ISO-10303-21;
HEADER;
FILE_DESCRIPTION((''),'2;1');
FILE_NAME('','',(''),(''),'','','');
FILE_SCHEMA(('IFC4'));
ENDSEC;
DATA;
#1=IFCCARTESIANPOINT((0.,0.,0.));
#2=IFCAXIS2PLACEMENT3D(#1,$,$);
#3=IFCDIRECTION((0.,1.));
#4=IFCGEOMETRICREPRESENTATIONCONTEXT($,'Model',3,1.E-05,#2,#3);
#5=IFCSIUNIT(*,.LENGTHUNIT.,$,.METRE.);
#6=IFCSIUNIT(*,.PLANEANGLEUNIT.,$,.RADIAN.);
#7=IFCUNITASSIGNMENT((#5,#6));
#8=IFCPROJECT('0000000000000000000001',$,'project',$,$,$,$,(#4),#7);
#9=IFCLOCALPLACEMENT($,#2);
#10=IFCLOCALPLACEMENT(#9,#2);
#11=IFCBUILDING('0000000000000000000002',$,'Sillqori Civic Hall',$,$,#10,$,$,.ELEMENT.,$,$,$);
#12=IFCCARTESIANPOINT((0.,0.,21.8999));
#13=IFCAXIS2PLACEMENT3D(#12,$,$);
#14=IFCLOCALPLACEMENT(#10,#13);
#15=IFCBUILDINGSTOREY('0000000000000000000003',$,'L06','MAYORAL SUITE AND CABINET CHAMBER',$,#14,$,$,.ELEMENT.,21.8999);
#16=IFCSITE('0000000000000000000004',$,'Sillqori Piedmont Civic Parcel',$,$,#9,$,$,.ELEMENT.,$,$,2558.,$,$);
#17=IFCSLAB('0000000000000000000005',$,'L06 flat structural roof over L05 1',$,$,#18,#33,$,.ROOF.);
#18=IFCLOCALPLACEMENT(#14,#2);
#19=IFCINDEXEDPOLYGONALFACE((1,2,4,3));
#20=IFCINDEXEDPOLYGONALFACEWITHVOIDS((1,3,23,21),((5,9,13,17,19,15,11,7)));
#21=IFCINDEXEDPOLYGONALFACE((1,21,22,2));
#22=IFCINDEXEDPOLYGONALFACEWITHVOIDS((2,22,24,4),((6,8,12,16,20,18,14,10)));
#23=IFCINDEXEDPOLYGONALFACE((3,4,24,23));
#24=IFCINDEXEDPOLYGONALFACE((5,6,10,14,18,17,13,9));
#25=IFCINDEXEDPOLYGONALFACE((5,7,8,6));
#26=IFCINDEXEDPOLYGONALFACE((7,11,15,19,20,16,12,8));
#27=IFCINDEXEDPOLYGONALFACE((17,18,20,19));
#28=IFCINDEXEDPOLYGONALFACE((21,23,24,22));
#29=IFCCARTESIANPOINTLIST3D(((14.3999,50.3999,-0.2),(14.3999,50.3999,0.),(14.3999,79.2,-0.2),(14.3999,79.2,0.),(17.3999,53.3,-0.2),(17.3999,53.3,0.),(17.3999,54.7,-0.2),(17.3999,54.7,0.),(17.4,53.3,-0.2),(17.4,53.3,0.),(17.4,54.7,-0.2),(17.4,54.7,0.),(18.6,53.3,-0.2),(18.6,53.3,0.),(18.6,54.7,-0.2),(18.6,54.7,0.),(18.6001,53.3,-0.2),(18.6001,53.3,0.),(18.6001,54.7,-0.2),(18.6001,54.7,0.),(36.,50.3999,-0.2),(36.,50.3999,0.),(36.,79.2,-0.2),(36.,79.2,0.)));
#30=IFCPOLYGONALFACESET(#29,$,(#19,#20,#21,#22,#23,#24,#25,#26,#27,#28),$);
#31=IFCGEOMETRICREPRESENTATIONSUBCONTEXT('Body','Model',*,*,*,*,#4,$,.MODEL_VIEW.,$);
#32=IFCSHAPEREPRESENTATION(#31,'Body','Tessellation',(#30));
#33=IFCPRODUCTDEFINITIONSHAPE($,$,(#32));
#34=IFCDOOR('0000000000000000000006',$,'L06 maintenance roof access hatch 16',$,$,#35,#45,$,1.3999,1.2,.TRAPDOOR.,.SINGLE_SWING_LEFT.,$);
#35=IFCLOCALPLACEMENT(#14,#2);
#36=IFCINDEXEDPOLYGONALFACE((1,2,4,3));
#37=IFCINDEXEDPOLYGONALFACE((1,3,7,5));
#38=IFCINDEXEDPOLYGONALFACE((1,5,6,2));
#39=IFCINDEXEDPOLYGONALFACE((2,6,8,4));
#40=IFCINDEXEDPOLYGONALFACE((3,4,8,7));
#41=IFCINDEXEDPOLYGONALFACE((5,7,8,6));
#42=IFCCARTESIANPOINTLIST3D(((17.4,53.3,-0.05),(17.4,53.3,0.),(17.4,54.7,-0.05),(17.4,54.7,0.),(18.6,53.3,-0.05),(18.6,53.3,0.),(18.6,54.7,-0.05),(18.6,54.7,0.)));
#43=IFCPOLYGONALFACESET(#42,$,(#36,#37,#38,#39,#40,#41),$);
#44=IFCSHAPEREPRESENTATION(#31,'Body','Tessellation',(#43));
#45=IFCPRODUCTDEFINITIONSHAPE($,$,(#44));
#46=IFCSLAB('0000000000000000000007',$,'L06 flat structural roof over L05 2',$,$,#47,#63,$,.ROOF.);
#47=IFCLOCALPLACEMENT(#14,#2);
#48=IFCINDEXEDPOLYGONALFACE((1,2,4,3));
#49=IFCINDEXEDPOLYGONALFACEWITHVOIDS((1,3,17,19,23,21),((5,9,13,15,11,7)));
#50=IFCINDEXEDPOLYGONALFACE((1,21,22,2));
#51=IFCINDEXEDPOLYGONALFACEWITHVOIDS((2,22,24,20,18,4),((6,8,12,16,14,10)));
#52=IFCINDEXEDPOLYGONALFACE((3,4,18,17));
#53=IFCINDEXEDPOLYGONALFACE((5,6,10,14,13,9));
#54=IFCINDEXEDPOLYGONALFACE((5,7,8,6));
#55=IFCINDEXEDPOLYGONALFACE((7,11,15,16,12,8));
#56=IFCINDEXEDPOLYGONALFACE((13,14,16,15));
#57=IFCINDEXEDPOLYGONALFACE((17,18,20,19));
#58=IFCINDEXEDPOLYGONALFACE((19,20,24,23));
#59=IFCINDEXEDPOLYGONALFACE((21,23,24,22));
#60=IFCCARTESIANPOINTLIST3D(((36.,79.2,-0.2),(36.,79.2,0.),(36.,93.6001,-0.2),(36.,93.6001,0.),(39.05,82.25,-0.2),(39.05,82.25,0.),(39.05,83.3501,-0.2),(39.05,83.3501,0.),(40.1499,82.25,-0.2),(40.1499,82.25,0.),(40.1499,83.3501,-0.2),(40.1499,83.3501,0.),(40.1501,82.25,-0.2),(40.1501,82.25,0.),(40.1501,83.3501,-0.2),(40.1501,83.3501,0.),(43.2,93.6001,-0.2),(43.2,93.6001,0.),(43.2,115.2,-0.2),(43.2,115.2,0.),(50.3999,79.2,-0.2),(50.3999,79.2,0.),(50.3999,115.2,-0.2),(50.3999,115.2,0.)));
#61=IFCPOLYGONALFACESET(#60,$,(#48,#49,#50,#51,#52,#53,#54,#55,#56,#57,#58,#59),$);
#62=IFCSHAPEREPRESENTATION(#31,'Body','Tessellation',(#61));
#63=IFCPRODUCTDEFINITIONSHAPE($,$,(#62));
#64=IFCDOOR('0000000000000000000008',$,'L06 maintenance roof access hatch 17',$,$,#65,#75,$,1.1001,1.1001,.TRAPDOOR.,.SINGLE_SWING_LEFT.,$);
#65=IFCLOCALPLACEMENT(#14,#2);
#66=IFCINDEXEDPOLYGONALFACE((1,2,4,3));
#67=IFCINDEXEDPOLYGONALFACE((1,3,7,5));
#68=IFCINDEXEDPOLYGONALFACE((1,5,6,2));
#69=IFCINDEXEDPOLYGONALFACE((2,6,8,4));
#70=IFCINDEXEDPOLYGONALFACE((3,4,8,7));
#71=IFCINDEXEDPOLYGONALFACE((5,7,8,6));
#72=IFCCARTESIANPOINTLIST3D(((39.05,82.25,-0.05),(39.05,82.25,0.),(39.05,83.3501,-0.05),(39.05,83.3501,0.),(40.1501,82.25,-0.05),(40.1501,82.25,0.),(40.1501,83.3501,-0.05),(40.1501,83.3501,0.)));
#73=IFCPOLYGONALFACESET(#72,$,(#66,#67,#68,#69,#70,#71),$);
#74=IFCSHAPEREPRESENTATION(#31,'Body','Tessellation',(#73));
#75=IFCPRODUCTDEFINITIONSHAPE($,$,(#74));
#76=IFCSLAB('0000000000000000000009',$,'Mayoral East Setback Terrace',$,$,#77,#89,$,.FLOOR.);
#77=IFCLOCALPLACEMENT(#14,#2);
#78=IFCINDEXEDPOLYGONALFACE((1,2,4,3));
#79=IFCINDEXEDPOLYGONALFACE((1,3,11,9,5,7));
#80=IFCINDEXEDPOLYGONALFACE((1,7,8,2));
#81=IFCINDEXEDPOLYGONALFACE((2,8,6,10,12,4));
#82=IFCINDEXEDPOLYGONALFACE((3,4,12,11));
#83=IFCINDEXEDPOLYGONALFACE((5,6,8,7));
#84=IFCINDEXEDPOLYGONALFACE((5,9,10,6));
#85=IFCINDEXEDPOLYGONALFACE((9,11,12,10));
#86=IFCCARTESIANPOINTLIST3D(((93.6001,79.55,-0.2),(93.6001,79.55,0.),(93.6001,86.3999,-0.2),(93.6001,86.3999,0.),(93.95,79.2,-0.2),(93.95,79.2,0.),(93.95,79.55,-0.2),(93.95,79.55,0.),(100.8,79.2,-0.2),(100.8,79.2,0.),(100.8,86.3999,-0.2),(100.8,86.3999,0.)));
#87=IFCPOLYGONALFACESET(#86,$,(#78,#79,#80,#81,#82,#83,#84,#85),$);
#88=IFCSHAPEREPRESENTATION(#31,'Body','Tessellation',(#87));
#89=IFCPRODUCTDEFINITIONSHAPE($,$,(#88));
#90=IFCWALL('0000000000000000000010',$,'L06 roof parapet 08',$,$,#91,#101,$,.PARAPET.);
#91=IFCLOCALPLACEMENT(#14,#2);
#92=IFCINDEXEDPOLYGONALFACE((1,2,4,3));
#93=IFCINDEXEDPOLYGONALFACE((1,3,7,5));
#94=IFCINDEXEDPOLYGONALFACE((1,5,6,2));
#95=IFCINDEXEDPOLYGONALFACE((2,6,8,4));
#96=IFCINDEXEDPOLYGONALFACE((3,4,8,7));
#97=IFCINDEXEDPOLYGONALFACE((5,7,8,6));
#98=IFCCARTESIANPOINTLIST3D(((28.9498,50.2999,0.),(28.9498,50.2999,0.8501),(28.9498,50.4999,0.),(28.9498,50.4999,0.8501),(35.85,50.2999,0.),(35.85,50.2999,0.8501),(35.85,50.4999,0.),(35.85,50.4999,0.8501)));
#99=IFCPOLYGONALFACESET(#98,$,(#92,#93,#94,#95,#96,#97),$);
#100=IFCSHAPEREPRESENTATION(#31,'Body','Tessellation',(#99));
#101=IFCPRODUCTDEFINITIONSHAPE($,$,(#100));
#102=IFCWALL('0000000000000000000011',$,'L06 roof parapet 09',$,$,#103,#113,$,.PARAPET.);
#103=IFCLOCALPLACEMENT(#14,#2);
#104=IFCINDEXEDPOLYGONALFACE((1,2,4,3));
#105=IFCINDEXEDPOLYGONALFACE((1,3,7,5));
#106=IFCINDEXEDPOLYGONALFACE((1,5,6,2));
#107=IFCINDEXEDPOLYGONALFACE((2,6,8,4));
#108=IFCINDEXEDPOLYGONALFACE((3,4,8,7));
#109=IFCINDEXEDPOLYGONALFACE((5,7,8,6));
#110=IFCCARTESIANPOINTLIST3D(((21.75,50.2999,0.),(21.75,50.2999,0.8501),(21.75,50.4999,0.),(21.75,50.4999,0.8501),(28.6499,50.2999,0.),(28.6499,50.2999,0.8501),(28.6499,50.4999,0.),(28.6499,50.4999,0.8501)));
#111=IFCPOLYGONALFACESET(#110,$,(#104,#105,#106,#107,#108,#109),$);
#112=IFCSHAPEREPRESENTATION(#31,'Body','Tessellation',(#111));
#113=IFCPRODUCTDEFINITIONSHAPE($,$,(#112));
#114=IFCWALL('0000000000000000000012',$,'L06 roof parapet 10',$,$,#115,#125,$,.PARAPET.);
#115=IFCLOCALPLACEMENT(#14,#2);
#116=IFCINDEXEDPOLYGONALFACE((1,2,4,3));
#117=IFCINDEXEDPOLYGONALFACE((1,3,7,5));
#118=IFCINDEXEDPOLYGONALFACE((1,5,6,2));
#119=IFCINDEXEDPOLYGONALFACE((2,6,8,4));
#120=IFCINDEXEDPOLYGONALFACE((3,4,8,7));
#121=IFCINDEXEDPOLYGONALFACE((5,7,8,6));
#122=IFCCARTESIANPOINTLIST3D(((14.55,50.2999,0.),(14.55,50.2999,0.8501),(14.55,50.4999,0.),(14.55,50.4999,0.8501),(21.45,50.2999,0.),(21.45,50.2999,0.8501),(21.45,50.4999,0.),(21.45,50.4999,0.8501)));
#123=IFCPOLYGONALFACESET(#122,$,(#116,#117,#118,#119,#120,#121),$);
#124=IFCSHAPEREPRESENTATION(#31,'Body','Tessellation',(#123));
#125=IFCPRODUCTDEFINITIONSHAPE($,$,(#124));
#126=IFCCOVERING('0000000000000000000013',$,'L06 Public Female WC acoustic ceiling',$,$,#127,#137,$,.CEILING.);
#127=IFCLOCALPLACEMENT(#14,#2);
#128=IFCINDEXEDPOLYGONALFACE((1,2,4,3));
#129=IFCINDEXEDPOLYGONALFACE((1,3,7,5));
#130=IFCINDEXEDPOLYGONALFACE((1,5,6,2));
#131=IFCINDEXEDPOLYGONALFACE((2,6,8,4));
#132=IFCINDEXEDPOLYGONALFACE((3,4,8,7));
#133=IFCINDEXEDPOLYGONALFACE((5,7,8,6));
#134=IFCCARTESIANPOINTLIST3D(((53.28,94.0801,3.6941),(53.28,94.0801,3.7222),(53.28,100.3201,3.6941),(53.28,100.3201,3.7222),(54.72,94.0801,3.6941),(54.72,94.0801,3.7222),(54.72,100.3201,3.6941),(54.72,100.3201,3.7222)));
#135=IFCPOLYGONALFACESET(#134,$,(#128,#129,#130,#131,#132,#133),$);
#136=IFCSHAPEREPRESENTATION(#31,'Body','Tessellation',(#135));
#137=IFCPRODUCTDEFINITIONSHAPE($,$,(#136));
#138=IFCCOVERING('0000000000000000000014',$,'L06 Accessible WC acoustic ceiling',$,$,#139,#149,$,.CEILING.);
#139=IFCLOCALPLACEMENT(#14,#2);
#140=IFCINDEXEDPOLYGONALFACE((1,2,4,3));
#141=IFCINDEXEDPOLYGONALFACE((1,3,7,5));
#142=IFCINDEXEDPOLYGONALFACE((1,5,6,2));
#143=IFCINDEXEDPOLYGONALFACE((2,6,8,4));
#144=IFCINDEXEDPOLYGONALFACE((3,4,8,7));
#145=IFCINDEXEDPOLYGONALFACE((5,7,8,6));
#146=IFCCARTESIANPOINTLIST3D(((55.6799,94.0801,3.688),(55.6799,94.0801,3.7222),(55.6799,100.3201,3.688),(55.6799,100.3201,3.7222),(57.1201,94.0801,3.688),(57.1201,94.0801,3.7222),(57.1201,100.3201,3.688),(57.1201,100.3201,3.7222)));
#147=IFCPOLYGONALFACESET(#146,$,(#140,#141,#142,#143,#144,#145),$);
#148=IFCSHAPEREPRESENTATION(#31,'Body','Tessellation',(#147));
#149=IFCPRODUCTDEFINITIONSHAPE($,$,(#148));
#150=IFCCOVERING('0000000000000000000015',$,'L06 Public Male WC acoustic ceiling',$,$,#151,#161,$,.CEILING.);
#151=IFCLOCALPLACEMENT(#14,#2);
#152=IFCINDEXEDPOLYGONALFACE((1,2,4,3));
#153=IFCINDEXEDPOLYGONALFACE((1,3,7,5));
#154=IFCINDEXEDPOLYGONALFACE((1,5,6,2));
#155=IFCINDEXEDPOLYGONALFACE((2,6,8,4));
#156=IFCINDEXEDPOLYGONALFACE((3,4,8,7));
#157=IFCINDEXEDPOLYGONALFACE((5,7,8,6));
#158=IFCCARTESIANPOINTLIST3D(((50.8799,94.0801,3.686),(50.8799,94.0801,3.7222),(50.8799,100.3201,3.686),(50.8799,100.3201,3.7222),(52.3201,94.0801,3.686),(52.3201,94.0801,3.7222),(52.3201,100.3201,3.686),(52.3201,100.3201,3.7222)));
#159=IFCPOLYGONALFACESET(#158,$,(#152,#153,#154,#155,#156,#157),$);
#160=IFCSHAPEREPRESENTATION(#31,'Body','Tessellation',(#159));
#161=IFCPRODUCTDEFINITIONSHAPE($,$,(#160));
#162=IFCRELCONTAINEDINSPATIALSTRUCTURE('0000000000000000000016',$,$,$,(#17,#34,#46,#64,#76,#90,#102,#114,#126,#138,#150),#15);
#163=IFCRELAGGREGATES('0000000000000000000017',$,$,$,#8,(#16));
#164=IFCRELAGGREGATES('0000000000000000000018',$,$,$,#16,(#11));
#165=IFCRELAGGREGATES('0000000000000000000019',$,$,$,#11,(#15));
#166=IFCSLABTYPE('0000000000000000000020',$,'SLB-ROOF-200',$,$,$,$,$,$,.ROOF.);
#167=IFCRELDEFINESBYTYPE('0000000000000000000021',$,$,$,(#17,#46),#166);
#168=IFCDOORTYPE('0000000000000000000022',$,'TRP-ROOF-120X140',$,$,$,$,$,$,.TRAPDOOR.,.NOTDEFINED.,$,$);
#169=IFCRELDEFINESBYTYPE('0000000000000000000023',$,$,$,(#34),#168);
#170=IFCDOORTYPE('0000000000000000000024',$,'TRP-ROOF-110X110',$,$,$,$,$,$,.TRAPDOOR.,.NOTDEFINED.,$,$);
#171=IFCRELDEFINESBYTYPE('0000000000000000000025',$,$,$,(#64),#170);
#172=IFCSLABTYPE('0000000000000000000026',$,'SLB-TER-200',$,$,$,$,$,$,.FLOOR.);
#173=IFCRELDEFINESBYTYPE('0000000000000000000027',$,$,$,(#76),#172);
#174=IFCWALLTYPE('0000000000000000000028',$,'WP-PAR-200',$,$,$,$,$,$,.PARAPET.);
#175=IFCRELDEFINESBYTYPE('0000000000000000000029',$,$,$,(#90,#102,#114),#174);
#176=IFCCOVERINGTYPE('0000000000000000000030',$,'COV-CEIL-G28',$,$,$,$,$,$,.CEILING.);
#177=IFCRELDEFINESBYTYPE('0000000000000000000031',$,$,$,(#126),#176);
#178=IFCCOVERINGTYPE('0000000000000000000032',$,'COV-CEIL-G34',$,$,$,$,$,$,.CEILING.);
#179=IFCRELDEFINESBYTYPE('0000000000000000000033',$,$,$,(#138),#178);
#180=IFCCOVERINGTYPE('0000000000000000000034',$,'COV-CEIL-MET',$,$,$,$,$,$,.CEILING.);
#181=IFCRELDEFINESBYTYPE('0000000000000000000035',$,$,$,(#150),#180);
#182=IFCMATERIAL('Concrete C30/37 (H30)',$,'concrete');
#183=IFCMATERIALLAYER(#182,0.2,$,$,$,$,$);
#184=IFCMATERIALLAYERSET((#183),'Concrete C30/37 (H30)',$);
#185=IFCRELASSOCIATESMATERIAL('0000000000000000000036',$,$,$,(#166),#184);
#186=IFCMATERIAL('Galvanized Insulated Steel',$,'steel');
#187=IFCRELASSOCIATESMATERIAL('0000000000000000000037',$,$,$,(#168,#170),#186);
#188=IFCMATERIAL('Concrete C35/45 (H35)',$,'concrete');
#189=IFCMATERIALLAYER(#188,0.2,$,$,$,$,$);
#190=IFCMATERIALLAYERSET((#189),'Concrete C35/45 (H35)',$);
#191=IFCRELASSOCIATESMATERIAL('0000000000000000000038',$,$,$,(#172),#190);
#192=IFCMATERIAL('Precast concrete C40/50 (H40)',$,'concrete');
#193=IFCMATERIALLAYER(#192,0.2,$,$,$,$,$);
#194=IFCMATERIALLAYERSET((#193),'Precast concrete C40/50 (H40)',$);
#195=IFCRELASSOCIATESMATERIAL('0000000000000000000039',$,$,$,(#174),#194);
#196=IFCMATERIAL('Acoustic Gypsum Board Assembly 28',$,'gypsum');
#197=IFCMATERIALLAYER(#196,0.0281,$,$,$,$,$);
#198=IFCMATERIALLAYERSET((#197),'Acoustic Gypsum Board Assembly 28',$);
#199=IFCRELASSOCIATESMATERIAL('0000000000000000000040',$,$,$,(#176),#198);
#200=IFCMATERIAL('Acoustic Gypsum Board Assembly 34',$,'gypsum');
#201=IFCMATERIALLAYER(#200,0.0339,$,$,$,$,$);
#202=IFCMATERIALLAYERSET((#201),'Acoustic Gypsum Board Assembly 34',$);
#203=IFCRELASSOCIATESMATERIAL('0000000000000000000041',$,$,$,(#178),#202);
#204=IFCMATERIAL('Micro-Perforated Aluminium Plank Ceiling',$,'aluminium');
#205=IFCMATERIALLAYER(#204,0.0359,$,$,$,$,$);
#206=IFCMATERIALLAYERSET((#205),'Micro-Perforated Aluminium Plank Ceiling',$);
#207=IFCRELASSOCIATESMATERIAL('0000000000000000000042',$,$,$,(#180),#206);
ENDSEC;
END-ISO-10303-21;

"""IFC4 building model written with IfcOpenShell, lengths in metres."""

from ifc_helpers import new_model, si_unit, direction, frame, frame_2d, origin, origin_2d, place, context, subcontext, project, spatial, polyline, rectangle, outline, extrude, material, layer, layer_set, type_object, element, fill, save


model = new_model("IFC4")

# Units and contexts
model_context = context("Model", 3, precision=1e-05, world=origin(), true_north=direction((0.0, 1.0)))
body_context = subcontext(model_context, "Body", "Model", "MODEL_VIEW")
ifc_project = project(units=[si_unit("LENGTHUNIT", "METRE"), si_unit("PLANEANGLEUNIT", "RADIAN")], contexts=[model_context])

# Site, building, storey
site_placement = place(None, origin())
site = spatial("IfcSite", under=ifc_project, at=site_placement, Name="Sillqori Piedmont Civic Parcel", CompositionType="ELEMENT", RefElevation=2558.0)
building_placement = place(site_placement, origin())
building = spatial("IfcBuilding", under=site, at=building_placement, Name="Sillqori Civic Hall", CompositionType="ELEMENT")
storey_placement = place(building_placement, frame((0.0, 0.0, 21.8999)))
storey = spatial("IfcBuildingStorey", under=building, at=storey_placement, Name="L06", Description="MAYORAL SUITE AND CABINET CHAMBER", CompositionType="ELEMENT", Elevation=21.8999)

# Shared definitions
ifc_material_1 = material(Name="Concrete C30/37 (H30)", Category="concrete")

# Shared definitions
ifc_material_2 = material(Name="Concrete C35/45 (H35)", Category="concrete")

# Slabs, openings, doors
ifc_layer_1 = layer(ifc_material_1, 0.2)
ifc_layer_set_1 = layer_set([ifc_layer_1], Name="Concrete C30/37 (H30)")
slab_type_1 = type_object("IfcSlabType", Name="SLB-ROOF-200", PredefinedType="ROOF", material=ifc_layer_set_1)
slab_1_placement = place(storey_placement, frame((0.0, 0.0, -0.2)))
slab_1 = element("IfcSlab", 1, at=slab_1_placement, inside=storey, type_object=slab_type_1, Name="L06 flat structural roof over L05 1", PredefinedType="ROOF", context=body_context, shape_type="SweptSolid", body=[
    extrude(outline(polyline([(14.3999, 72.0), (14.3999, 79.2), (21.6001, 79.2), (28.8, 79.2), (36.0, 79.2), (36.0, 72.0), (36.0, 64.8), (36.0, 57.6001), (36.0, 50.3999), (28.8, 50.3999), (21.6001, 50.3999), (14.3999, 50.3999), (14.3999, 57.6001), (14.3999, 64.8), (14.3999, 72.0)]), holes=[polyline([(17.3999, 53.3), (17.3999, 54.7), (18.6001, 54.7), (18.6001, 53.3), (17.3999, 53.3)])]), origin(), (0.0, 0.0, 1.0), 0.2),
])
opening_1_placement = place(slab_1_placement, frame((18.0, 54.0, 0.0)))
opening_1 = element("IfcOpeningElement", 2, at=opening_1_placement, cuts=slab_1, PredefinedType="OPENING", context=body_context, shape_type="SweptSolid", body=[
    extrude(rectangle(XDim=1.2, YDim=1.3999, at=origin_2d()), frame((0.0, 0.0, -0.01)), (0.0, 0.0, 1.0), 0.22),
])
ifc_material_3 = material(Name="Galvanized Insulated Steel", Category="steel")
door_type_1 = type_object("IfcDoorType", Name="TRP-ROOF-120X140", OperationType="NOTDEFINED", PredefinedType="TRAPDOOR", material=ifc_material_3)
door_1_placement = place(opening_1_placement, frame((0.0, 0.0, 0.1499)))
door_1 = element("IfcDoor", 3, at=door_1_placement, inside=storey, type_object=door_type_1, Name="L06 maintenance roof access hatch 16", OperationType="SINGLE_SWING_LEFT", OverallHeight=1.3999, OverallWidth=1.2, PredefinedType="TRAPDOOR", context=body_context, shape_type="SweptSolid", body=[
    extrude(rectangle(XDim=1.2, YDim=1.3999, at=origin_2d()), origin(), (0.0, 0.0, 1.0), 0.05),
])
fill(opening_1, door_1)
slab_2_placement = place(storey_placement, frame((0.0, 0.0, -0.2)))
slab_2 = element("IfcSlab", 4, at=slab_2_placement, inside=storey, type_object=slab_type_1, Name="L06 flat structural roof over L05 2", PredefinedType="ROOF", context=body_context, shape_type="SweptSolid", body=[
    extrude(outline(polyline([(43.2, 79.2), (36.0, 79.2), (36.0, 86.3999), (36.0, 93.6001), (43.2, 93.6001), (43.2, 100.8), (43.2, 108.0), (43.2, 115.2), (50.3999, 115.2), (50.3999, 108.0), (50.3999, 100.8), (50.3999, 93.6001), (50.3999, 86.3999), (50.3999, 79.2), (43.2, 79.2)]), holes=[polyline([(39.05, 82.25), (39.05, 83.3501), (40.1499, 83.3501), (40.1499, 82.25), (39.05, 82.25)])]), origin(), (0.0, 0.0, 1.0), 0.2),
])
opening_2_placement = place(slab_2_placement, frame((39.6001, 82.8, 0.0)))
opening_2 = element("IfcOpeningElement", 5, at=opening_2_placement, cuts=slab_2, PredefinedType="OPENING", context=body_context, shape_type="SweptSolid", body=[
    extrude(rectangle(XDim=1.1001, YDim=1.1001, at=origin_2d()), frame((0.0, 0.0, -0.01)), (0.0, 0.0, 1.0), 0.22),
])
door_type_2 = type_object("IfcDoorType", Name="TRP-ROOF-110X110", OperationType="NOTDEFINED", PredefinedType="TRAPDOOR", material=ifc_material_3)
door_2_placement = place(opening_2_placement, frame((0.0, 0.0, 0.1499)))
door_2 = element("IfcDoor", 6, at=door_2_placement, inside=storey, type_object=door_type_2, Name="L06 maintenance roof access hatch 17", OperationType="SINGLE_SWING_LEFT", OverallHeight=1.1001, OverallWidth=1.1001, PredefinedType="TRAPDOOR", context=body_context, shape_type="SweptSolid", body=[
    extrude(rectangle(XDim=1.1001, YDim=1.1001, at=origin_2d()), origin(), (0.0, 0.0, 1.0), 0.05),
])
fill(opening_2, door_2)

# Slab
ifc_layer_2 = layer(ifc_material_2, 0.2)
ifc_layer_set_2 = layer_set([ifc_layer_2], Name="Concrete C35/45 (H35)")
slab_type_2 = type_object("IfcSlabType", Name="SLB-TER-200", PredefinedType="FLOOR", material=ifc_layer_set_2)
slab_3_placement = place(storey_placement, frame((0.0, 0.0, -0.2)))
element("IfcSlab", 7, at=slab_3_placement, inside=storey, type_object=slab_type_2, Name="Mayoral East Setback Terrace", PredefinedType="FLOOR", context=body_context, shape_type="SweptSolid", body=[
    extrude(outline(polyline([(93.6001, 86.3999), (100.8, 86.3999), (100.8, 79.2), (93.95, 79.2), (93.95, 79.55), (93.6001, 79.55), (93.6001, 86.3999)])), origin(), (0.0, 0.0, 1.0), 0.2),
])

# Walls
ifc_material_4 = material(Name="Precast concrete C40/50 (H40)", Category="concrete")
ifc_layer_3 = layer(ifc_material_4, 0.2)
ifc_layer_set_3 = layer_set([ifc_layer_3], Name="Precast concrete C40/50 (H40)")
wall_type = type_object("IfcWallType", Name="WP-PAR-200", PredefinedType="PARAPET", material=ifc_layer_set_3)
wall_placement = place(storey_placement, frame((35.8501, 50.3999, 0.0), z_axis=(0.0, 0.0, 1.0), x_axis=(-1.0, 0.0, 0.0)))
element("IfcWall", 8, at=wall_placement, inside=storey, type_object=wall_type, Name="L06 roof parapet 08", PredefinedType="PARAPET", context=body_context, shape_type="SweptSolid", body=[
    extrude(rectangle(XDim=6.9001, YDim=0.2, at=frame_2d((3.4502, 0.0))), origin(), (0.0, 0.0, 1.0), 0.8501),
])
for number, where, z_axis, x_axis, name in (
    (9, (28.6499, 50.3999, 0.0), (0.0, 0.0, 1.0), (-1.0, 0.0, 0.0), "L06 roof parapet 09"),
    (10, (21.45, 50.3999, 0.0), (0.0, 0.0, 1.0), (-1.0, 0.0, 0.0), "L06 roof parapet 10"),
):
    element("IfcWall", number, at=place(storey_placement, frame(where, z_axis=z_axis, x_axis=x_axis)), inside=storey, type_object=wall_type, Name=name, PredefinedType="PARAPET", context=body_context, shape_type="SweptSolid", body=[
        extrude(rectangle(XDim=6.8999, YDim=0.2, at=frame_2d((3.45, 0.0))), origin(), (0.0, 0.0, 1.0), 0.8501),
    ])

# Coverings
ifc_material_5 = material(Name="Acoustic Gypsum Board Assembly 28", Category="gypsum")
ifc_layer_4 = layer(ifc_material_5, 0.0281)
ifc_layer_set_4 = layer_set([ifc_layer_4], Name="Acoustic Gypsum Board Assembly 28")
covering_type_1 = type_object("IfcCoveringType", Name="COV-CEIL-G28", PredefinedType="CEILING", material=ifc_layer_set_4)
covering_1_placement = place(storey_placement, frame((0.0, 0.0, 3.6941)))
element("IfcCovering", 11, at=covering_1_placement, inside=storey, type_object=covering_type_1, Name="L06 Public Female WC acoustic ceiling", PredefinedType="CEILING", context=body_context, shape_type="SweptSolid", body=[
    extrude(outline(polyline([(53.28, 94.0801), (54.72, 94.0801), (54.72, 100.3201), (53.28, 100.3201), (53.28, 94.0801)])), origin(), (0.0, 0.0, 1.0), 0.0281),
])
ifc_material_6 = material(Name="Acoustic Gypsum Board Assembly 34", Category="gypsum")
ifc_layer_5 = layer(ifc_material_6, 0.0339)
ifc_layer_set_5 = layer_set([ifc_layer_5], Name="Acoustic Gypsum Board Assembly 34")
covering_type_2 = type_object("IfcCoveringType", Name="COV-CEIL-G34", PredefinedType="CEILING", material=ifc_layer_set_5)
covering_2_placement = place(storey_placement, frame((0.0, 0.0, 3.688)))
element("IfcCovering", 12, at=covering_2_placement, inside=storey, type_object=covering_type_2, Name="L06 Accessible WC acoustic ceiling", PredefinedType="CEILING", context=body_context, shape_type="SweptSolid", body=[
    extrude(outline(polyline([(55.6799, 94.0801), (57.1201, 94.0801), (57.1201, 100.3201), (55.6799, 100.3201), (55.6799, 94.0801)])), origin(), (0.0, 0.0, 1.0), 0.0342),
])
ifc_material_7 = material(Name="Micro-Perforated Aluminium Plank Ceiling", Category="aluminium")
ifc_layer_6 = layer(ifc_material_7, 0.0359)
ifc_layer_set_6 = layer_set([ifc_layer_6], Name="Micro-Perforated Aluminium Plank Ceiling")
covering_type_3 = type_object("IfcCoveringType", Name="COV-CEIL-MET", PredefinedType="CEILING", material=ifc_layer_set_6)
covering_3_placement = place(storey_placement, frame((0.0, 0.0, 3.686)))
element("IfcCovering", 13, at=covering_3_placement, inside=storey, type_object=covering_type_3, Name="L06 Public Male WC acoustic ceiling", PredefinedType="CEILING", context=body_context, shape_type="SweptSolid", body=[
    extrude(outline(polyline([(50.8799, 94.0801), (52.3201, 94.0801), (52.3201, 100.3201), (50.8799, 100.3201), (50.8799, 94.0801)])), origin(), (0.0, 0.0, 1.0), 0.0361),
])

save(model, "model.ifc")
